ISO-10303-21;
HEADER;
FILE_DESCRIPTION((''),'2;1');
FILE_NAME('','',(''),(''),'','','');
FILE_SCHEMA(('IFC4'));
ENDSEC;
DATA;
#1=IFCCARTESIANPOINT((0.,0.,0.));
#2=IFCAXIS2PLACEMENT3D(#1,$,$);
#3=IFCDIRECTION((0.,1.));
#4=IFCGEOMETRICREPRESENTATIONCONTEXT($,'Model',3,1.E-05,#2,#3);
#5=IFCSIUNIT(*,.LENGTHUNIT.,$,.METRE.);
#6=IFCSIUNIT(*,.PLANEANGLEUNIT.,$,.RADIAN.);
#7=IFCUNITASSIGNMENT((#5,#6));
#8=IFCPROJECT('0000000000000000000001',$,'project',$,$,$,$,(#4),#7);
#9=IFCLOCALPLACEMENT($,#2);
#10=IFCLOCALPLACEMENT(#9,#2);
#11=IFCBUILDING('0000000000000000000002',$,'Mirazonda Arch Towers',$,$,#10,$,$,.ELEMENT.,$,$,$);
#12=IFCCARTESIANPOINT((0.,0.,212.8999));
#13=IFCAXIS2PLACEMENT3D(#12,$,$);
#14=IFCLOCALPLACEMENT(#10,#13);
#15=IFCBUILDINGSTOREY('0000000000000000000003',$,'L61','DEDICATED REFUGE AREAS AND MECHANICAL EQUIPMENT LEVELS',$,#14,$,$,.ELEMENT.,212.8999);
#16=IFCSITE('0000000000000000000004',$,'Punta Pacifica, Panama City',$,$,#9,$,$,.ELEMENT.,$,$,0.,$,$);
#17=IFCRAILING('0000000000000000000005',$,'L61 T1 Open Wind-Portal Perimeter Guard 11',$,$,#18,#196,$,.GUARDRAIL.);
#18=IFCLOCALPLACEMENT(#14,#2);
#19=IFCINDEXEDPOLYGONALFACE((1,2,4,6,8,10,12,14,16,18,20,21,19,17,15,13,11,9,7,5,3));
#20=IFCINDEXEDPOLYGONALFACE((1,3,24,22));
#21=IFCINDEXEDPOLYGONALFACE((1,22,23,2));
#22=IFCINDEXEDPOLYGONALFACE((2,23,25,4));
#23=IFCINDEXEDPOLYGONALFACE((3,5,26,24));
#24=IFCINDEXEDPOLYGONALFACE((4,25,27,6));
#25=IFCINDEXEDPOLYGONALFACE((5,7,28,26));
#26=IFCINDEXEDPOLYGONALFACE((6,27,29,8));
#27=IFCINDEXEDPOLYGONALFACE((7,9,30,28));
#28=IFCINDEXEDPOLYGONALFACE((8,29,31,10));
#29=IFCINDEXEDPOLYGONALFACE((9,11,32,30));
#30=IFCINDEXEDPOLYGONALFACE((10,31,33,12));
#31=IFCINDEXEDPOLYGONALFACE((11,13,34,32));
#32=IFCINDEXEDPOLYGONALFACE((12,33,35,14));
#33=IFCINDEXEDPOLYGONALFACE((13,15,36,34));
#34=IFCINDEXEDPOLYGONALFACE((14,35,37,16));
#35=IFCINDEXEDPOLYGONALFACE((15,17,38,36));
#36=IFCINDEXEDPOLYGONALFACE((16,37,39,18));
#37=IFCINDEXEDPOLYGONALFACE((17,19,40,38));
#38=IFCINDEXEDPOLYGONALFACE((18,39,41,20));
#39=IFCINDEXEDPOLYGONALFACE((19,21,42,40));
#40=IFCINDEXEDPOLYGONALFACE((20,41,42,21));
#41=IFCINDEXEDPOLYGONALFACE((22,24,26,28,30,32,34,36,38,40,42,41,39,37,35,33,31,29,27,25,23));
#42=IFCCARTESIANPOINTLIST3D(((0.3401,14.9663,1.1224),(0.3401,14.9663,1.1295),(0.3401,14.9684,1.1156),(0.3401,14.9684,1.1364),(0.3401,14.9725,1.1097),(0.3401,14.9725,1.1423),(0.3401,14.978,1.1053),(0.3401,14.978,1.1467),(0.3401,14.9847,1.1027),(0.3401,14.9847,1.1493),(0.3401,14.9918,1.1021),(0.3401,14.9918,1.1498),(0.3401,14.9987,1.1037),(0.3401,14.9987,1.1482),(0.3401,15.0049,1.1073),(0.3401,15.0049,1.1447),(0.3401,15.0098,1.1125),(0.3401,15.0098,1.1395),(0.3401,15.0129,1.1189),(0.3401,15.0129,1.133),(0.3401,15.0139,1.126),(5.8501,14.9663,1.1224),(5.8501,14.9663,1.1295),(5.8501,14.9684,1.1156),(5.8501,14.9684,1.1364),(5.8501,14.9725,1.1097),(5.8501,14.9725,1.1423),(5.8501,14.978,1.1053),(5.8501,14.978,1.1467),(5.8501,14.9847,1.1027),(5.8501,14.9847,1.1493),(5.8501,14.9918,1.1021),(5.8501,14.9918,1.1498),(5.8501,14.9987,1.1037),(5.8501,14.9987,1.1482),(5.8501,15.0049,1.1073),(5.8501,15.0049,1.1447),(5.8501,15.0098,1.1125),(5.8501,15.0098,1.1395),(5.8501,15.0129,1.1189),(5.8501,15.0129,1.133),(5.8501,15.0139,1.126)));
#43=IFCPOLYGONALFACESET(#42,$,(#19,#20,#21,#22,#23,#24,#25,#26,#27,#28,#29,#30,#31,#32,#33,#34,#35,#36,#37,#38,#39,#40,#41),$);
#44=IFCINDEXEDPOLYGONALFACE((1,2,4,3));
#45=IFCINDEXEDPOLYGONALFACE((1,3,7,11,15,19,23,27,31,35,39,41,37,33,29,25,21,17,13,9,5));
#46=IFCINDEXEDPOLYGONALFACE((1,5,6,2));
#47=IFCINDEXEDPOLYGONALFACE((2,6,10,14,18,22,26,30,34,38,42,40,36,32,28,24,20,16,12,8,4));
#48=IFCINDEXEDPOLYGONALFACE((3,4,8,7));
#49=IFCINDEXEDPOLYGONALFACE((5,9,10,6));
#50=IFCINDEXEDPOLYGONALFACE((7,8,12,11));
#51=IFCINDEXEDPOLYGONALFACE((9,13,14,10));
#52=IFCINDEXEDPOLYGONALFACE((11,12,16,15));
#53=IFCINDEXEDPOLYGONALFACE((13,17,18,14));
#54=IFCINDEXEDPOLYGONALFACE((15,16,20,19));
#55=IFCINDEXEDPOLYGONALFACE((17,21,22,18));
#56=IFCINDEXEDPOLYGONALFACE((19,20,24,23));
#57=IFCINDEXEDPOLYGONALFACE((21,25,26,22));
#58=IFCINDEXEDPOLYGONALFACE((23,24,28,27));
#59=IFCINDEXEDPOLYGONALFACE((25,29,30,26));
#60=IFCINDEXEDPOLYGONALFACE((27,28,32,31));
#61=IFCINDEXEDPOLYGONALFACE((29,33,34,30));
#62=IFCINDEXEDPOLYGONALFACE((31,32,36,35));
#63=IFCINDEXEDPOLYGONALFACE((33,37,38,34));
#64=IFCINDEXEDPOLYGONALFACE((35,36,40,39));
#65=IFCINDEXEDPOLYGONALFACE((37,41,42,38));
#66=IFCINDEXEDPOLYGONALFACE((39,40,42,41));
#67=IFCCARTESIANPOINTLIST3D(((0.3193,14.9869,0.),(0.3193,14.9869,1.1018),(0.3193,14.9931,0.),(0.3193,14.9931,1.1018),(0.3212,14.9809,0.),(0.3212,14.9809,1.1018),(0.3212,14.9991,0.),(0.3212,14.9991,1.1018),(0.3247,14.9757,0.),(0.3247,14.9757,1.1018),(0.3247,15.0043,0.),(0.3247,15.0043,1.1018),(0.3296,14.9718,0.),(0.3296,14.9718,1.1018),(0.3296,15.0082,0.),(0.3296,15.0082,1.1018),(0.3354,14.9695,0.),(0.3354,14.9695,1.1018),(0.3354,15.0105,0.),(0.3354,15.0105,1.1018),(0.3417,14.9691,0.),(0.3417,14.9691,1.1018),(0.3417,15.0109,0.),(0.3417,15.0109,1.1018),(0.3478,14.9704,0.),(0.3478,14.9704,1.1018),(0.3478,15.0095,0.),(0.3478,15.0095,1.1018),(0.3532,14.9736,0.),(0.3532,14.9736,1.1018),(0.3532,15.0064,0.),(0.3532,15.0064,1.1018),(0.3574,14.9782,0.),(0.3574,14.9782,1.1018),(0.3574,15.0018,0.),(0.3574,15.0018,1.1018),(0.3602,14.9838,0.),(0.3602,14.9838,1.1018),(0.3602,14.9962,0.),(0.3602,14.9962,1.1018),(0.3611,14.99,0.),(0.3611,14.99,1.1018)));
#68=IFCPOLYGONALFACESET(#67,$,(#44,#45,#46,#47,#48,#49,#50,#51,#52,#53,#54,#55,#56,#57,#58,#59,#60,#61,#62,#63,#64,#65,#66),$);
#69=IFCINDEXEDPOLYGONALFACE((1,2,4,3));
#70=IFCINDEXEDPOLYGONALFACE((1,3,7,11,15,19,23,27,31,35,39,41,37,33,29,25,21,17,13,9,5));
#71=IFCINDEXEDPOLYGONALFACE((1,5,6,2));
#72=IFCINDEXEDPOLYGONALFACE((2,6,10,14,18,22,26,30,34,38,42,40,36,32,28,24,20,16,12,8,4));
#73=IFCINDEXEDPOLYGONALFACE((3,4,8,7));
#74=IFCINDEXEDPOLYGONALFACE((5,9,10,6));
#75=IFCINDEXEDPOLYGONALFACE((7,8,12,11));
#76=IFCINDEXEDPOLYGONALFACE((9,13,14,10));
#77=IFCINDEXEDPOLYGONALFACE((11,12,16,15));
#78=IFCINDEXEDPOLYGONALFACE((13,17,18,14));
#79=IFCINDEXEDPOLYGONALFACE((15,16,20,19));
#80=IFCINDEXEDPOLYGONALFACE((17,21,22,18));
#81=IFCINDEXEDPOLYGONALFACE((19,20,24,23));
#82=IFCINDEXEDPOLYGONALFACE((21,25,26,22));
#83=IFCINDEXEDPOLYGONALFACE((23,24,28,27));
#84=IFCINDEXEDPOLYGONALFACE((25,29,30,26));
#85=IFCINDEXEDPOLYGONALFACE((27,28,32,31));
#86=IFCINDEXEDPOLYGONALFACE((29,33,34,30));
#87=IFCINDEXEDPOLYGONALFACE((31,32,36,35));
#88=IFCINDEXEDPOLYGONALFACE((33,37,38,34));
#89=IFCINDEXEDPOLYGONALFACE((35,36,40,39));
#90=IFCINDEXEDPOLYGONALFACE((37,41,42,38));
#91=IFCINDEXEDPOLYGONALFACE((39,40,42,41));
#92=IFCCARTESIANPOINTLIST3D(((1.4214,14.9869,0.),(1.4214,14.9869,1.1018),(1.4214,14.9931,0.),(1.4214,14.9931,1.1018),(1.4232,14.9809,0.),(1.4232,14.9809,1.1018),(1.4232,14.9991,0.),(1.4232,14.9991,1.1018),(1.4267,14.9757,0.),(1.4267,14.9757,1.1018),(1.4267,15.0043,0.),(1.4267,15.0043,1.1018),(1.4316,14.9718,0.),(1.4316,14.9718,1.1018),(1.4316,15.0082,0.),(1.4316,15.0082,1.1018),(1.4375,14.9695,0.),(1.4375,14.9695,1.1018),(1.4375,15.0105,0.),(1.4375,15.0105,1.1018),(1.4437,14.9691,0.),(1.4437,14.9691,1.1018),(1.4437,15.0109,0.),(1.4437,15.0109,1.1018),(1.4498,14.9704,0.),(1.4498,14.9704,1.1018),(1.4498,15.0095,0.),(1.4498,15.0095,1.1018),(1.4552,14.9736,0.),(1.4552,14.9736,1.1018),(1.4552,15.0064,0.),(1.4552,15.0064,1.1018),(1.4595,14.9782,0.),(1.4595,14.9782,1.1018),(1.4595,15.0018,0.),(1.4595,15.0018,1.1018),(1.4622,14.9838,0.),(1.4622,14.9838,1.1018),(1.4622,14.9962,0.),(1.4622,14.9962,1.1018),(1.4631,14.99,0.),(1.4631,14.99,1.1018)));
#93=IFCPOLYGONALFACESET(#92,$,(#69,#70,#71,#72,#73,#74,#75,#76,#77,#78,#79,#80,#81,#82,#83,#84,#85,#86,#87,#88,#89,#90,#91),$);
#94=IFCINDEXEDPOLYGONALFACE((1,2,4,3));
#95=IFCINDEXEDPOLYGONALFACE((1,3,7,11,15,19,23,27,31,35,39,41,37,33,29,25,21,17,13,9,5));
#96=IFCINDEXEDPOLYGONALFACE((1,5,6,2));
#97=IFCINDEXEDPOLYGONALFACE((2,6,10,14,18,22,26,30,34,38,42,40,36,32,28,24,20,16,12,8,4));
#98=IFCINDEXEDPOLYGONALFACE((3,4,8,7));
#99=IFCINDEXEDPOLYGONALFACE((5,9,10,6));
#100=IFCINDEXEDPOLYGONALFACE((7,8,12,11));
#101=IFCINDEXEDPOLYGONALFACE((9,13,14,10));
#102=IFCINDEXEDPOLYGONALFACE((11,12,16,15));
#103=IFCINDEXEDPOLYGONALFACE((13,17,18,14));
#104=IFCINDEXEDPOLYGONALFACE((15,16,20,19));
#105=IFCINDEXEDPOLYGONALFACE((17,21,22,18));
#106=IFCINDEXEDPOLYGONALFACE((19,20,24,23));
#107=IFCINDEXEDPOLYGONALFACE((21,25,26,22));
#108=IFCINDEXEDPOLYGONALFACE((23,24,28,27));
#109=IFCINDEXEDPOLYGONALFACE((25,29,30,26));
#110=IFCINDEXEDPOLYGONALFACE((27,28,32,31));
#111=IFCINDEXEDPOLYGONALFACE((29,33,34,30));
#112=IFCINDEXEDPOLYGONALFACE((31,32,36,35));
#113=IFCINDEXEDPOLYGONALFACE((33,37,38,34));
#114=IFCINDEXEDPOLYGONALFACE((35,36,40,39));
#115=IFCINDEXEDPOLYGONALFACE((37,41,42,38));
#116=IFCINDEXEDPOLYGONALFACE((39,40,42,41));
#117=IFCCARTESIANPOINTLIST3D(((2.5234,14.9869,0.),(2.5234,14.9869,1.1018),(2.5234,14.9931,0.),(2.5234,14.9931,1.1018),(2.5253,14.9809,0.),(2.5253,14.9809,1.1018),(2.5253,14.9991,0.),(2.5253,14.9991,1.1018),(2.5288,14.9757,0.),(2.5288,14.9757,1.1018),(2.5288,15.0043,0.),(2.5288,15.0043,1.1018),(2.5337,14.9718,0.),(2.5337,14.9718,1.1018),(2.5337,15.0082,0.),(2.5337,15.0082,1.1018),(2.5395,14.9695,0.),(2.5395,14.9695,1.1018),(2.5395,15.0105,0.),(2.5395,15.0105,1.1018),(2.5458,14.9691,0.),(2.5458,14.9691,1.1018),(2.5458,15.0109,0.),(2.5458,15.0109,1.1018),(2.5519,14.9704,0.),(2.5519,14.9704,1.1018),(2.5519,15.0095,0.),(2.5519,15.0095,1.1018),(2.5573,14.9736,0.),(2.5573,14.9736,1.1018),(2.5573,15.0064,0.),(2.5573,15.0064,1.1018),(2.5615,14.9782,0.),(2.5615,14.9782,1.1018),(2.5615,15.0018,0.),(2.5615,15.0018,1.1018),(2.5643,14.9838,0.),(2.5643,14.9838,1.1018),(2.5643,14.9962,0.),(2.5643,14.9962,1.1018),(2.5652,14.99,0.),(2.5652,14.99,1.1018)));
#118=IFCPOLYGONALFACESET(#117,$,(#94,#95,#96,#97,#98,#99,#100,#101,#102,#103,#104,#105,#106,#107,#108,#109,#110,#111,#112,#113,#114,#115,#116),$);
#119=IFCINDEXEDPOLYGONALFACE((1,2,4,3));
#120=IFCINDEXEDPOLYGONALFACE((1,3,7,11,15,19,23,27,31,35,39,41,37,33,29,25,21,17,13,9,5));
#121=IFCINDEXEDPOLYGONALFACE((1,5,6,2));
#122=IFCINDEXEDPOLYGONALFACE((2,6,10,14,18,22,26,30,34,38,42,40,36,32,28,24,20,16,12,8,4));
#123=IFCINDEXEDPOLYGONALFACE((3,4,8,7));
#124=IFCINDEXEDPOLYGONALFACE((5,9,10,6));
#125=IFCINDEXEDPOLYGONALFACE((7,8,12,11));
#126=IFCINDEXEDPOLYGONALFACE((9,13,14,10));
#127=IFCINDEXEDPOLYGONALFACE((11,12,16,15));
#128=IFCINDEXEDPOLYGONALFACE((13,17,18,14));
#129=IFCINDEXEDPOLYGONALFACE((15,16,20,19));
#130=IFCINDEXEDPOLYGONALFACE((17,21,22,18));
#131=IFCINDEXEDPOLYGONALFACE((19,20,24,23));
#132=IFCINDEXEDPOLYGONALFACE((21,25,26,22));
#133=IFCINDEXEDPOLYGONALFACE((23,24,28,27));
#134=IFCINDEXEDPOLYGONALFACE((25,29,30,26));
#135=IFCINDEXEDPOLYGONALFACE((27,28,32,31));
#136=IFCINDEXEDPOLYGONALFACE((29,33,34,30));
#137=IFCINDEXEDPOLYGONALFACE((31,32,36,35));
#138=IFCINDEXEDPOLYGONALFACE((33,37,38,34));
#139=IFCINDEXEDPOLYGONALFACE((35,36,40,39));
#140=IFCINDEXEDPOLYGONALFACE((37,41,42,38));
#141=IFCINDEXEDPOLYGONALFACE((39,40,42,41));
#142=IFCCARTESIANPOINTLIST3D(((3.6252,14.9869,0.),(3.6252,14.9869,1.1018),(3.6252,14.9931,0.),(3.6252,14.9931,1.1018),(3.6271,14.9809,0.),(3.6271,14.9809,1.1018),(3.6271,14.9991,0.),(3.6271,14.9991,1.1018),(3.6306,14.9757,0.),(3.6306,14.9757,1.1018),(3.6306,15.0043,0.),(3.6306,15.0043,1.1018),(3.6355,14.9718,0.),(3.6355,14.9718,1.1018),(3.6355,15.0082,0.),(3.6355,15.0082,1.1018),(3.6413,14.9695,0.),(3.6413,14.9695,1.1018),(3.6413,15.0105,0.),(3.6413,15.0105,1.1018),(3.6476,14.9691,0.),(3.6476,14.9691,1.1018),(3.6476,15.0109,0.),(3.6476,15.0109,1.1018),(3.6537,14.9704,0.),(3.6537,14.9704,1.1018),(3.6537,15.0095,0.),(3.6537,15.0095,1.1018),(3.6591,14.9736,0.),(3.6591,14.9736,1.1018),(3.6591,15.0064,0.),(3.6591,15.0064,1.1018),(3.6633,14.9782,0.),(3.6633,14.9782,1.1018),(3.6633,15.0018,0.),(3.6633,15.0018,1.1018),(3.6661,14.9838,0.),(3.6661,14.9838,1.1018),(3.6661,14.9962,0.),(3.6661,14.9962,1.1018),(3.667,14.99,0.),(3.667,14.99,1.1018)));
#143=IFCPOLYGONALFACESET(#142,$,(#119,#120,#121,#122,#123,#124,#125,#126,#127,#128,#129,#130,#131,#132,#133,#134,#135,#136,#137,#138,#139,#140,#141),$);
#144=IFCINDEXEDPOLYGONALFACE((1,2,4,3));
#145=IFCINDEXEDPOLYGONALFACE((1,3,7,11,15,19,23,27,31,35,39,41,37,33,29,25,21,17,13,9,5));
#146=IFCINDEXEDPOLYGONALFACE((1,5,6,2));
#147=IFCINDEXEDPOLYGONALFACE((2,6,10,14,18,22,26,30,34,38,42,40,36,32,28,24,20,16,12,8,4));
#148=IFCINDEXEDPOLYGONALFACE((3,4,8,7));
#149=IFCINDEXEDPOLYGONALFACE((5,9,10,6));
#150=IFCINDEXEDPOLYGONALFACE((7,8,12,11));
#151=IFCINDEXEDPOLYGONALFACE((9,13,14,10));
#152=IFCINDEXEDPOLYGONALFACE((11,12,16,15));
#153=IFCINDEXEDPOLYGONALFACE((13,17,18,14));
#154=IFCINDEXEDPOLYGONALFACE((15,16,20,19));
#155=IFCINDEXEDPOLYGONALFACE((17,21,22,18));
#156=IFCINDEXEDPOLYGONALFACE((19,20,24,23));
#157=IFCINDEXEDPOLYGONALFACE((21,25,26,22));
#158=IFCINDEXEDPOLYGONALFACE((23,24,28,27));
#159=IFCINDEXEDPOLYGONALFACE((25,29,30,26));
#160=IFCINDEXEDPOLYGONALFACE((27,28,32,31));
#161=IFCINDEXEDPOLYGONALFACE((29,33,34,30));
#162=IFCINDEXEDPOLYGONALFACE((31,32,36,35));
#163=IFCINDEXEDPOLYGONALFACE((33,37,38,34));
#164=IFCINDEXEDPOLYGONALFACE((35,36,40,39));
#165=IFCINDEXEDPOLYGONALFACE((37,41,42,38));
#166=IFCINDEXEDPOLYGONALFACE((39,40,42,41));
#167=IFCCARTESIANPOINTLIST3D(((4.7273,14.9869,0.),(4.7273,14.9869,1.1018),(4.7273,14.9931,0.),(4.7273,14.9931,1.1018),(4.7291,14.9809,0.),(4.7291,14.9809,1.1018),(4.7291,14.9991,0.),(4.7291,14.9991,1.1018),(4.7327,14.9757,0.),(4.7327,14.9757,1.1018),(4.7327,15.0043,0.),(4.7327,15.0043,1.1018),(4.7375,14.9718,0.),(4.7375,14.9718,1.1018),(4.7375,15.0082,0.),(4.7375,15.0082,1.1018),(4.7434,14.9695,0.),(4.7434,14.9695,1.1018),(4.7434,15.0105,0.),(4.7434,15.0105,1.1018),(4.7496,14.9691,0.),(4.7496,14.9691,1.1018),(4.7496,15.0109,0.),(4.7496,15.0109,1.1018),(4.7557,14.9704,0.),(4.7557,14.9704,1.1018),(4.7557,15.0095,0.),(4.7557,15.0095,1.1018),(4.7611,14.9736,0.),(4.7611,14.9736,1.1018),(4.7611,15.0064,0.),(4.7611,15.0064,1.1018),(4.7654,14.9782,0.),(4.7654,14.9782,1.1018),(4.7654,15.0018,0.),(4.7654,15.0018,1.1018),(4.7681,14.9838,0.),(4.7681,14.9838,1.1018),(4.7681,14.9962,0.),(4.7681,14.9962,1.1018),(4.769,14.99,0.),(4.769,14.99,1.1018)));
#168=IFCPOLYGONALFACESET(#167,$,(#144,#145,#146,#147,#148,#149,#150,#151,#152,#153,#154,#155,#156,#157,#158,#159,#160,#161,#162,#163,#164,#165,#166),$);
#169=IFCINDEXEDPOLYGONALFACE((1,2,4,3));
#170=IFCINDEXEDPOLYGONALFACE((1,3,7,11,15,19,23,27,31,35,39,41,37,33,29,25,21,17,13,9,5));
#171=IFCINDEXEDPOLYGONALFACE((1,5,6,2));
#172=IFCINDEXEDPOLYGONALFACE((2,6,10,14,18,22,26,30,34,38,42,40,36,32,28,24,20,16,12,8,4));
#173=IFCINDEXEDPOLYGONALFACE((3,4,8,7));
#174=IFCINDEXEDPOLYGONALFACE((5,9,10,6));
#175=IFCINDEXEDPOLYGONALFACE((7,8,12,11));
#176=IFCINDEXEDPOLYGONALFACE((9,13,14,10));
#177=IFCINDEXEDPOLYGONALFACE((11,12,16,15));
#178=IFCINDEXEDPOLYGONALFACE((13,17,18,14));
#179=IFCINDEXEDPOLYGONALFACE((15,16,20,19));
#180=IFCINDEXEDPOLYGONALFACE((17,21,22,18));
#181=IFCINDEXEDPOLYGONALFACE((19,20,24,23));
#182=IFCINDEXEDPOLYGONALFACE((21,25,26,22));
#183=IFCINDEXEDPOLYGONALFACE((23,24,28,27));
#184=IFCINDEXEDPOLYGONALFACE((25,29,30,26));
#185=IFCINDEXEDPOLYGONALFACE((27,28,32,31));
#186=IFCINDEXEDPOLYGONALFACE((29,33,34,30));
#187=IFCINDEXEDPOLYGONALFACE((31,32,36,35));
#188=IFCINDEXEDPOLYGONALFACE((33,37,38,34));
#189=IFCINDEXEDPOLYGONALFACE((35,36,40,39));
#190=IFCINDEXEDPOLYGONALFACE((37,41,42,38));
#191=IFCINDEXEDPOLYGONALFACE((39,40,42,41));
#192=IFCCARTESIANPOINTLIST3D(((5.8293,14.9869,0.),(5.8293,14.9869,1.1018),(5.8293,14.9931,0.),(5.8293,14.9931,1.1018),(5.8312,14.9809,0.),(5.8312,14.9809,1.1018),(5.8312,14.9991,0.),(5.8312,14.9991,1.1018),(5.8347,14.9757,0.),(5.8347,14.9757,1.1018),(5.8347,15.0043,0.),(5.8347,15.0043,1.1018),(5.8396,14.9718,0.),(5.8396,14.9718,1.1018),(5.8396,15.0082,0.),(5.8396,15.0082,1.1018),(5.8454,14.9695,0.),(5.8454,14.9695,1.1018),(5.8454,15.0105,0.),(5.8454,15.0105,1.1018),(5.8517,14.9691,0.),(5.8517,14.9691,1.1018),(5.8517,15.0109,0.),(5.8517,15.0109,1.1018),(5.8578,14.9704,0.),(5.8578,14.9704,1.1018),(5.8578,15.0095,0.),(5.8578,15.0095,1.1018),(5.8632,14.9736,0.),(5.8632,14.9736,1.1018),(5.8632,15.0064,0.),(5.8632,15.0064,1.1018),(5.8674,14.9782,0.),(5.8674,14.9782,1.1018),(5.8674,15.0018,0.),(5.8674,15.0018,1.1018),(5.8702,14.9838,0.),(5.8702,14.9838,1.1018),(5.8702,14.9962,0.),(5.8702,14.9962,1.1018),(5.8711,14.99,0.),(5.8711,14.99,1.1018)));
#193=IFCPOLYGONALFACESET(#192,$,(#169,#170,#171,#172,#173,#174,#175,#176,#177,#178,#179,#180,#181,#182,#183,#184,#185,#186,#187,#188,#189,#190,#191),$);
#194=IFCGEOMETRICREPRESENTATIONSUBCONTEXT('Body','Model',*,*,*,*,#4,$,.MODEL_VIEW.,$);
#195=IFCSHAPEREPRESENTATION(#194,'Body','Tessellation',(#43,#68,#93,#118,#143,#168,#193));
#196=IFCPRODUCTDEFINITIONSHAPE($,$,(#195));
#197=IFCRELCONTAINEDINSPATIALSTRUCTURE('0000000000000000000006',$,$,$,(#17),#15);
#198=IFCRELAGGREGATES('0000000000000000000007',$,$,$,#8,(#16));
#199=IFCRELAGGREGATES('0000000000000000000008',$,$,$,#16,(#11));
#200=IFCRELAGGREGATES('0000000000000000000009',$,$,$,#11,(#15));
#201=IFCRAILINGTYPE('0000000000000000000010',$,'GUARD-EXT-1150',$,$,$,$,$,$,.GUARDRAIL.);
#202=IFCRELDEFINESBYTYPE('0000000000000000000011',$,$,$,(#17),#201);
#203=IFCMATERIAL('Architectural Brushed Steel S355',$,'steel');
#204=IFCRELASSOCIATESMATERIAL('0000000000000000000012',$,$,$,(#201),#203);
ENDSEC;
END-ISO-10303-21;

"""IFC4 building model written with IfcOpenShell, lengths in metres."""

from ifc_helpers import new_model, si_unit, direction, frame, origin, origin_2d, place, context, subcontext, project, spatial, circle, extrude, material, type_object, element, save


model = new_model("IFC4")

# Units and contexts
model_context = context("Model", 3, precision=1e-05, world=origin(), true_north=direction((0.0, 1.0)))
body_context = subcontext(model_context, "Body", "Model", "MODEL_VIEW")
ifc_project = project(units=[si_unit("LENGTHUNIT", "METRE"), si_unit("PLANEANGLEUNIT", "RADIAN")], contexts=[model_context])

# Site, building, storey
site_placement = place(None, origin())
site = spatial("IfcSite", under=ifc_project, at=site_placement, Name="Punta Pacifica, Panama City", CompositionType="ELEMENT", RefElevation=0.0)
building_placement = place(site_placement, origin())
building = spatial("IfcBuilding", under=site, at=building_placement, Name="Mirazonda Arch Towers", CompositionType="ELEMENT")
storey_placement = place(building_placement, frame((0.0, 0.0, 212.8999)))
storey = spatial("IfcBuildingStorey", under=building, at=storey_placement, Name="L61", Description="DEDICATED REFUGE AREAS AND MECHANICAL EQUIPMENT LEVELS", CompositionType="ELEMENT", Elevation=212.8999)

# Railing
ifc_material_1 = material(Name="Architectural Brushed Steel S355", Category="steel")
railing_type = type_object("IfcRailingType", Name="GUARD-EXT-1150", PredefinedType="GUARDRAIL", material=ifc_material_1)
railing_1_placement = place(storey_placement, frame((0.3401, 14.99, 0.0)))
element("IfcRailing", 1, at=railing_1_placement, inside=storey, type_object=railing_type, Name="L61 T1 Open Wind-Portal Perimeter Guard 11", PredefinedType="GUARDRAIL", context=body_context, shape_type="SweptSolid", body=[
    extrude(circle(Radius=0.0239, at=origin_2d()), frame((0.0, 0.0, 1.126), z_axis=(1.0, 0.0, 0.0), x_axis=(0.0, 1.0, 0.0)), (0.0, 0.0, 1.0), 5.51),
    extrude(circle(Radius=0.021, at=origin_2d()), origin(), (0.0, 0.0, 1.0), 1.1018),
    extrude(circle(Radius=0.021, at=origin_2d()), frame((1.1021, 0.0, 0.0)), (0.0, 0.0, 1.0), 1.1018),
    extrude(circle(Radius=0.021, at=origin_2d()), frame((2.2041, 0.0, 0.0)), (0.0, 0.0, 1.0), 1.1018),
    extrude(circle(Radius=0.021, at=origin_2d()), frame((3.3059, 0.0, 0.0)), (0.0, 0.0, 1.0), 1.1018),
    extrude(circle(Radius=0.021, at=origin_2d()), frame((4.408, 0.0, 0.0)), (0.0, 0.0, 1.0), 1.1018),
    extrude(circle(Radius=0.021, at=origin_2d()), frame((5.51, 0.0, 0.0)), (0.0, 0.0, 1.0), 1.1018),
])

save(model, "model.ifc")
